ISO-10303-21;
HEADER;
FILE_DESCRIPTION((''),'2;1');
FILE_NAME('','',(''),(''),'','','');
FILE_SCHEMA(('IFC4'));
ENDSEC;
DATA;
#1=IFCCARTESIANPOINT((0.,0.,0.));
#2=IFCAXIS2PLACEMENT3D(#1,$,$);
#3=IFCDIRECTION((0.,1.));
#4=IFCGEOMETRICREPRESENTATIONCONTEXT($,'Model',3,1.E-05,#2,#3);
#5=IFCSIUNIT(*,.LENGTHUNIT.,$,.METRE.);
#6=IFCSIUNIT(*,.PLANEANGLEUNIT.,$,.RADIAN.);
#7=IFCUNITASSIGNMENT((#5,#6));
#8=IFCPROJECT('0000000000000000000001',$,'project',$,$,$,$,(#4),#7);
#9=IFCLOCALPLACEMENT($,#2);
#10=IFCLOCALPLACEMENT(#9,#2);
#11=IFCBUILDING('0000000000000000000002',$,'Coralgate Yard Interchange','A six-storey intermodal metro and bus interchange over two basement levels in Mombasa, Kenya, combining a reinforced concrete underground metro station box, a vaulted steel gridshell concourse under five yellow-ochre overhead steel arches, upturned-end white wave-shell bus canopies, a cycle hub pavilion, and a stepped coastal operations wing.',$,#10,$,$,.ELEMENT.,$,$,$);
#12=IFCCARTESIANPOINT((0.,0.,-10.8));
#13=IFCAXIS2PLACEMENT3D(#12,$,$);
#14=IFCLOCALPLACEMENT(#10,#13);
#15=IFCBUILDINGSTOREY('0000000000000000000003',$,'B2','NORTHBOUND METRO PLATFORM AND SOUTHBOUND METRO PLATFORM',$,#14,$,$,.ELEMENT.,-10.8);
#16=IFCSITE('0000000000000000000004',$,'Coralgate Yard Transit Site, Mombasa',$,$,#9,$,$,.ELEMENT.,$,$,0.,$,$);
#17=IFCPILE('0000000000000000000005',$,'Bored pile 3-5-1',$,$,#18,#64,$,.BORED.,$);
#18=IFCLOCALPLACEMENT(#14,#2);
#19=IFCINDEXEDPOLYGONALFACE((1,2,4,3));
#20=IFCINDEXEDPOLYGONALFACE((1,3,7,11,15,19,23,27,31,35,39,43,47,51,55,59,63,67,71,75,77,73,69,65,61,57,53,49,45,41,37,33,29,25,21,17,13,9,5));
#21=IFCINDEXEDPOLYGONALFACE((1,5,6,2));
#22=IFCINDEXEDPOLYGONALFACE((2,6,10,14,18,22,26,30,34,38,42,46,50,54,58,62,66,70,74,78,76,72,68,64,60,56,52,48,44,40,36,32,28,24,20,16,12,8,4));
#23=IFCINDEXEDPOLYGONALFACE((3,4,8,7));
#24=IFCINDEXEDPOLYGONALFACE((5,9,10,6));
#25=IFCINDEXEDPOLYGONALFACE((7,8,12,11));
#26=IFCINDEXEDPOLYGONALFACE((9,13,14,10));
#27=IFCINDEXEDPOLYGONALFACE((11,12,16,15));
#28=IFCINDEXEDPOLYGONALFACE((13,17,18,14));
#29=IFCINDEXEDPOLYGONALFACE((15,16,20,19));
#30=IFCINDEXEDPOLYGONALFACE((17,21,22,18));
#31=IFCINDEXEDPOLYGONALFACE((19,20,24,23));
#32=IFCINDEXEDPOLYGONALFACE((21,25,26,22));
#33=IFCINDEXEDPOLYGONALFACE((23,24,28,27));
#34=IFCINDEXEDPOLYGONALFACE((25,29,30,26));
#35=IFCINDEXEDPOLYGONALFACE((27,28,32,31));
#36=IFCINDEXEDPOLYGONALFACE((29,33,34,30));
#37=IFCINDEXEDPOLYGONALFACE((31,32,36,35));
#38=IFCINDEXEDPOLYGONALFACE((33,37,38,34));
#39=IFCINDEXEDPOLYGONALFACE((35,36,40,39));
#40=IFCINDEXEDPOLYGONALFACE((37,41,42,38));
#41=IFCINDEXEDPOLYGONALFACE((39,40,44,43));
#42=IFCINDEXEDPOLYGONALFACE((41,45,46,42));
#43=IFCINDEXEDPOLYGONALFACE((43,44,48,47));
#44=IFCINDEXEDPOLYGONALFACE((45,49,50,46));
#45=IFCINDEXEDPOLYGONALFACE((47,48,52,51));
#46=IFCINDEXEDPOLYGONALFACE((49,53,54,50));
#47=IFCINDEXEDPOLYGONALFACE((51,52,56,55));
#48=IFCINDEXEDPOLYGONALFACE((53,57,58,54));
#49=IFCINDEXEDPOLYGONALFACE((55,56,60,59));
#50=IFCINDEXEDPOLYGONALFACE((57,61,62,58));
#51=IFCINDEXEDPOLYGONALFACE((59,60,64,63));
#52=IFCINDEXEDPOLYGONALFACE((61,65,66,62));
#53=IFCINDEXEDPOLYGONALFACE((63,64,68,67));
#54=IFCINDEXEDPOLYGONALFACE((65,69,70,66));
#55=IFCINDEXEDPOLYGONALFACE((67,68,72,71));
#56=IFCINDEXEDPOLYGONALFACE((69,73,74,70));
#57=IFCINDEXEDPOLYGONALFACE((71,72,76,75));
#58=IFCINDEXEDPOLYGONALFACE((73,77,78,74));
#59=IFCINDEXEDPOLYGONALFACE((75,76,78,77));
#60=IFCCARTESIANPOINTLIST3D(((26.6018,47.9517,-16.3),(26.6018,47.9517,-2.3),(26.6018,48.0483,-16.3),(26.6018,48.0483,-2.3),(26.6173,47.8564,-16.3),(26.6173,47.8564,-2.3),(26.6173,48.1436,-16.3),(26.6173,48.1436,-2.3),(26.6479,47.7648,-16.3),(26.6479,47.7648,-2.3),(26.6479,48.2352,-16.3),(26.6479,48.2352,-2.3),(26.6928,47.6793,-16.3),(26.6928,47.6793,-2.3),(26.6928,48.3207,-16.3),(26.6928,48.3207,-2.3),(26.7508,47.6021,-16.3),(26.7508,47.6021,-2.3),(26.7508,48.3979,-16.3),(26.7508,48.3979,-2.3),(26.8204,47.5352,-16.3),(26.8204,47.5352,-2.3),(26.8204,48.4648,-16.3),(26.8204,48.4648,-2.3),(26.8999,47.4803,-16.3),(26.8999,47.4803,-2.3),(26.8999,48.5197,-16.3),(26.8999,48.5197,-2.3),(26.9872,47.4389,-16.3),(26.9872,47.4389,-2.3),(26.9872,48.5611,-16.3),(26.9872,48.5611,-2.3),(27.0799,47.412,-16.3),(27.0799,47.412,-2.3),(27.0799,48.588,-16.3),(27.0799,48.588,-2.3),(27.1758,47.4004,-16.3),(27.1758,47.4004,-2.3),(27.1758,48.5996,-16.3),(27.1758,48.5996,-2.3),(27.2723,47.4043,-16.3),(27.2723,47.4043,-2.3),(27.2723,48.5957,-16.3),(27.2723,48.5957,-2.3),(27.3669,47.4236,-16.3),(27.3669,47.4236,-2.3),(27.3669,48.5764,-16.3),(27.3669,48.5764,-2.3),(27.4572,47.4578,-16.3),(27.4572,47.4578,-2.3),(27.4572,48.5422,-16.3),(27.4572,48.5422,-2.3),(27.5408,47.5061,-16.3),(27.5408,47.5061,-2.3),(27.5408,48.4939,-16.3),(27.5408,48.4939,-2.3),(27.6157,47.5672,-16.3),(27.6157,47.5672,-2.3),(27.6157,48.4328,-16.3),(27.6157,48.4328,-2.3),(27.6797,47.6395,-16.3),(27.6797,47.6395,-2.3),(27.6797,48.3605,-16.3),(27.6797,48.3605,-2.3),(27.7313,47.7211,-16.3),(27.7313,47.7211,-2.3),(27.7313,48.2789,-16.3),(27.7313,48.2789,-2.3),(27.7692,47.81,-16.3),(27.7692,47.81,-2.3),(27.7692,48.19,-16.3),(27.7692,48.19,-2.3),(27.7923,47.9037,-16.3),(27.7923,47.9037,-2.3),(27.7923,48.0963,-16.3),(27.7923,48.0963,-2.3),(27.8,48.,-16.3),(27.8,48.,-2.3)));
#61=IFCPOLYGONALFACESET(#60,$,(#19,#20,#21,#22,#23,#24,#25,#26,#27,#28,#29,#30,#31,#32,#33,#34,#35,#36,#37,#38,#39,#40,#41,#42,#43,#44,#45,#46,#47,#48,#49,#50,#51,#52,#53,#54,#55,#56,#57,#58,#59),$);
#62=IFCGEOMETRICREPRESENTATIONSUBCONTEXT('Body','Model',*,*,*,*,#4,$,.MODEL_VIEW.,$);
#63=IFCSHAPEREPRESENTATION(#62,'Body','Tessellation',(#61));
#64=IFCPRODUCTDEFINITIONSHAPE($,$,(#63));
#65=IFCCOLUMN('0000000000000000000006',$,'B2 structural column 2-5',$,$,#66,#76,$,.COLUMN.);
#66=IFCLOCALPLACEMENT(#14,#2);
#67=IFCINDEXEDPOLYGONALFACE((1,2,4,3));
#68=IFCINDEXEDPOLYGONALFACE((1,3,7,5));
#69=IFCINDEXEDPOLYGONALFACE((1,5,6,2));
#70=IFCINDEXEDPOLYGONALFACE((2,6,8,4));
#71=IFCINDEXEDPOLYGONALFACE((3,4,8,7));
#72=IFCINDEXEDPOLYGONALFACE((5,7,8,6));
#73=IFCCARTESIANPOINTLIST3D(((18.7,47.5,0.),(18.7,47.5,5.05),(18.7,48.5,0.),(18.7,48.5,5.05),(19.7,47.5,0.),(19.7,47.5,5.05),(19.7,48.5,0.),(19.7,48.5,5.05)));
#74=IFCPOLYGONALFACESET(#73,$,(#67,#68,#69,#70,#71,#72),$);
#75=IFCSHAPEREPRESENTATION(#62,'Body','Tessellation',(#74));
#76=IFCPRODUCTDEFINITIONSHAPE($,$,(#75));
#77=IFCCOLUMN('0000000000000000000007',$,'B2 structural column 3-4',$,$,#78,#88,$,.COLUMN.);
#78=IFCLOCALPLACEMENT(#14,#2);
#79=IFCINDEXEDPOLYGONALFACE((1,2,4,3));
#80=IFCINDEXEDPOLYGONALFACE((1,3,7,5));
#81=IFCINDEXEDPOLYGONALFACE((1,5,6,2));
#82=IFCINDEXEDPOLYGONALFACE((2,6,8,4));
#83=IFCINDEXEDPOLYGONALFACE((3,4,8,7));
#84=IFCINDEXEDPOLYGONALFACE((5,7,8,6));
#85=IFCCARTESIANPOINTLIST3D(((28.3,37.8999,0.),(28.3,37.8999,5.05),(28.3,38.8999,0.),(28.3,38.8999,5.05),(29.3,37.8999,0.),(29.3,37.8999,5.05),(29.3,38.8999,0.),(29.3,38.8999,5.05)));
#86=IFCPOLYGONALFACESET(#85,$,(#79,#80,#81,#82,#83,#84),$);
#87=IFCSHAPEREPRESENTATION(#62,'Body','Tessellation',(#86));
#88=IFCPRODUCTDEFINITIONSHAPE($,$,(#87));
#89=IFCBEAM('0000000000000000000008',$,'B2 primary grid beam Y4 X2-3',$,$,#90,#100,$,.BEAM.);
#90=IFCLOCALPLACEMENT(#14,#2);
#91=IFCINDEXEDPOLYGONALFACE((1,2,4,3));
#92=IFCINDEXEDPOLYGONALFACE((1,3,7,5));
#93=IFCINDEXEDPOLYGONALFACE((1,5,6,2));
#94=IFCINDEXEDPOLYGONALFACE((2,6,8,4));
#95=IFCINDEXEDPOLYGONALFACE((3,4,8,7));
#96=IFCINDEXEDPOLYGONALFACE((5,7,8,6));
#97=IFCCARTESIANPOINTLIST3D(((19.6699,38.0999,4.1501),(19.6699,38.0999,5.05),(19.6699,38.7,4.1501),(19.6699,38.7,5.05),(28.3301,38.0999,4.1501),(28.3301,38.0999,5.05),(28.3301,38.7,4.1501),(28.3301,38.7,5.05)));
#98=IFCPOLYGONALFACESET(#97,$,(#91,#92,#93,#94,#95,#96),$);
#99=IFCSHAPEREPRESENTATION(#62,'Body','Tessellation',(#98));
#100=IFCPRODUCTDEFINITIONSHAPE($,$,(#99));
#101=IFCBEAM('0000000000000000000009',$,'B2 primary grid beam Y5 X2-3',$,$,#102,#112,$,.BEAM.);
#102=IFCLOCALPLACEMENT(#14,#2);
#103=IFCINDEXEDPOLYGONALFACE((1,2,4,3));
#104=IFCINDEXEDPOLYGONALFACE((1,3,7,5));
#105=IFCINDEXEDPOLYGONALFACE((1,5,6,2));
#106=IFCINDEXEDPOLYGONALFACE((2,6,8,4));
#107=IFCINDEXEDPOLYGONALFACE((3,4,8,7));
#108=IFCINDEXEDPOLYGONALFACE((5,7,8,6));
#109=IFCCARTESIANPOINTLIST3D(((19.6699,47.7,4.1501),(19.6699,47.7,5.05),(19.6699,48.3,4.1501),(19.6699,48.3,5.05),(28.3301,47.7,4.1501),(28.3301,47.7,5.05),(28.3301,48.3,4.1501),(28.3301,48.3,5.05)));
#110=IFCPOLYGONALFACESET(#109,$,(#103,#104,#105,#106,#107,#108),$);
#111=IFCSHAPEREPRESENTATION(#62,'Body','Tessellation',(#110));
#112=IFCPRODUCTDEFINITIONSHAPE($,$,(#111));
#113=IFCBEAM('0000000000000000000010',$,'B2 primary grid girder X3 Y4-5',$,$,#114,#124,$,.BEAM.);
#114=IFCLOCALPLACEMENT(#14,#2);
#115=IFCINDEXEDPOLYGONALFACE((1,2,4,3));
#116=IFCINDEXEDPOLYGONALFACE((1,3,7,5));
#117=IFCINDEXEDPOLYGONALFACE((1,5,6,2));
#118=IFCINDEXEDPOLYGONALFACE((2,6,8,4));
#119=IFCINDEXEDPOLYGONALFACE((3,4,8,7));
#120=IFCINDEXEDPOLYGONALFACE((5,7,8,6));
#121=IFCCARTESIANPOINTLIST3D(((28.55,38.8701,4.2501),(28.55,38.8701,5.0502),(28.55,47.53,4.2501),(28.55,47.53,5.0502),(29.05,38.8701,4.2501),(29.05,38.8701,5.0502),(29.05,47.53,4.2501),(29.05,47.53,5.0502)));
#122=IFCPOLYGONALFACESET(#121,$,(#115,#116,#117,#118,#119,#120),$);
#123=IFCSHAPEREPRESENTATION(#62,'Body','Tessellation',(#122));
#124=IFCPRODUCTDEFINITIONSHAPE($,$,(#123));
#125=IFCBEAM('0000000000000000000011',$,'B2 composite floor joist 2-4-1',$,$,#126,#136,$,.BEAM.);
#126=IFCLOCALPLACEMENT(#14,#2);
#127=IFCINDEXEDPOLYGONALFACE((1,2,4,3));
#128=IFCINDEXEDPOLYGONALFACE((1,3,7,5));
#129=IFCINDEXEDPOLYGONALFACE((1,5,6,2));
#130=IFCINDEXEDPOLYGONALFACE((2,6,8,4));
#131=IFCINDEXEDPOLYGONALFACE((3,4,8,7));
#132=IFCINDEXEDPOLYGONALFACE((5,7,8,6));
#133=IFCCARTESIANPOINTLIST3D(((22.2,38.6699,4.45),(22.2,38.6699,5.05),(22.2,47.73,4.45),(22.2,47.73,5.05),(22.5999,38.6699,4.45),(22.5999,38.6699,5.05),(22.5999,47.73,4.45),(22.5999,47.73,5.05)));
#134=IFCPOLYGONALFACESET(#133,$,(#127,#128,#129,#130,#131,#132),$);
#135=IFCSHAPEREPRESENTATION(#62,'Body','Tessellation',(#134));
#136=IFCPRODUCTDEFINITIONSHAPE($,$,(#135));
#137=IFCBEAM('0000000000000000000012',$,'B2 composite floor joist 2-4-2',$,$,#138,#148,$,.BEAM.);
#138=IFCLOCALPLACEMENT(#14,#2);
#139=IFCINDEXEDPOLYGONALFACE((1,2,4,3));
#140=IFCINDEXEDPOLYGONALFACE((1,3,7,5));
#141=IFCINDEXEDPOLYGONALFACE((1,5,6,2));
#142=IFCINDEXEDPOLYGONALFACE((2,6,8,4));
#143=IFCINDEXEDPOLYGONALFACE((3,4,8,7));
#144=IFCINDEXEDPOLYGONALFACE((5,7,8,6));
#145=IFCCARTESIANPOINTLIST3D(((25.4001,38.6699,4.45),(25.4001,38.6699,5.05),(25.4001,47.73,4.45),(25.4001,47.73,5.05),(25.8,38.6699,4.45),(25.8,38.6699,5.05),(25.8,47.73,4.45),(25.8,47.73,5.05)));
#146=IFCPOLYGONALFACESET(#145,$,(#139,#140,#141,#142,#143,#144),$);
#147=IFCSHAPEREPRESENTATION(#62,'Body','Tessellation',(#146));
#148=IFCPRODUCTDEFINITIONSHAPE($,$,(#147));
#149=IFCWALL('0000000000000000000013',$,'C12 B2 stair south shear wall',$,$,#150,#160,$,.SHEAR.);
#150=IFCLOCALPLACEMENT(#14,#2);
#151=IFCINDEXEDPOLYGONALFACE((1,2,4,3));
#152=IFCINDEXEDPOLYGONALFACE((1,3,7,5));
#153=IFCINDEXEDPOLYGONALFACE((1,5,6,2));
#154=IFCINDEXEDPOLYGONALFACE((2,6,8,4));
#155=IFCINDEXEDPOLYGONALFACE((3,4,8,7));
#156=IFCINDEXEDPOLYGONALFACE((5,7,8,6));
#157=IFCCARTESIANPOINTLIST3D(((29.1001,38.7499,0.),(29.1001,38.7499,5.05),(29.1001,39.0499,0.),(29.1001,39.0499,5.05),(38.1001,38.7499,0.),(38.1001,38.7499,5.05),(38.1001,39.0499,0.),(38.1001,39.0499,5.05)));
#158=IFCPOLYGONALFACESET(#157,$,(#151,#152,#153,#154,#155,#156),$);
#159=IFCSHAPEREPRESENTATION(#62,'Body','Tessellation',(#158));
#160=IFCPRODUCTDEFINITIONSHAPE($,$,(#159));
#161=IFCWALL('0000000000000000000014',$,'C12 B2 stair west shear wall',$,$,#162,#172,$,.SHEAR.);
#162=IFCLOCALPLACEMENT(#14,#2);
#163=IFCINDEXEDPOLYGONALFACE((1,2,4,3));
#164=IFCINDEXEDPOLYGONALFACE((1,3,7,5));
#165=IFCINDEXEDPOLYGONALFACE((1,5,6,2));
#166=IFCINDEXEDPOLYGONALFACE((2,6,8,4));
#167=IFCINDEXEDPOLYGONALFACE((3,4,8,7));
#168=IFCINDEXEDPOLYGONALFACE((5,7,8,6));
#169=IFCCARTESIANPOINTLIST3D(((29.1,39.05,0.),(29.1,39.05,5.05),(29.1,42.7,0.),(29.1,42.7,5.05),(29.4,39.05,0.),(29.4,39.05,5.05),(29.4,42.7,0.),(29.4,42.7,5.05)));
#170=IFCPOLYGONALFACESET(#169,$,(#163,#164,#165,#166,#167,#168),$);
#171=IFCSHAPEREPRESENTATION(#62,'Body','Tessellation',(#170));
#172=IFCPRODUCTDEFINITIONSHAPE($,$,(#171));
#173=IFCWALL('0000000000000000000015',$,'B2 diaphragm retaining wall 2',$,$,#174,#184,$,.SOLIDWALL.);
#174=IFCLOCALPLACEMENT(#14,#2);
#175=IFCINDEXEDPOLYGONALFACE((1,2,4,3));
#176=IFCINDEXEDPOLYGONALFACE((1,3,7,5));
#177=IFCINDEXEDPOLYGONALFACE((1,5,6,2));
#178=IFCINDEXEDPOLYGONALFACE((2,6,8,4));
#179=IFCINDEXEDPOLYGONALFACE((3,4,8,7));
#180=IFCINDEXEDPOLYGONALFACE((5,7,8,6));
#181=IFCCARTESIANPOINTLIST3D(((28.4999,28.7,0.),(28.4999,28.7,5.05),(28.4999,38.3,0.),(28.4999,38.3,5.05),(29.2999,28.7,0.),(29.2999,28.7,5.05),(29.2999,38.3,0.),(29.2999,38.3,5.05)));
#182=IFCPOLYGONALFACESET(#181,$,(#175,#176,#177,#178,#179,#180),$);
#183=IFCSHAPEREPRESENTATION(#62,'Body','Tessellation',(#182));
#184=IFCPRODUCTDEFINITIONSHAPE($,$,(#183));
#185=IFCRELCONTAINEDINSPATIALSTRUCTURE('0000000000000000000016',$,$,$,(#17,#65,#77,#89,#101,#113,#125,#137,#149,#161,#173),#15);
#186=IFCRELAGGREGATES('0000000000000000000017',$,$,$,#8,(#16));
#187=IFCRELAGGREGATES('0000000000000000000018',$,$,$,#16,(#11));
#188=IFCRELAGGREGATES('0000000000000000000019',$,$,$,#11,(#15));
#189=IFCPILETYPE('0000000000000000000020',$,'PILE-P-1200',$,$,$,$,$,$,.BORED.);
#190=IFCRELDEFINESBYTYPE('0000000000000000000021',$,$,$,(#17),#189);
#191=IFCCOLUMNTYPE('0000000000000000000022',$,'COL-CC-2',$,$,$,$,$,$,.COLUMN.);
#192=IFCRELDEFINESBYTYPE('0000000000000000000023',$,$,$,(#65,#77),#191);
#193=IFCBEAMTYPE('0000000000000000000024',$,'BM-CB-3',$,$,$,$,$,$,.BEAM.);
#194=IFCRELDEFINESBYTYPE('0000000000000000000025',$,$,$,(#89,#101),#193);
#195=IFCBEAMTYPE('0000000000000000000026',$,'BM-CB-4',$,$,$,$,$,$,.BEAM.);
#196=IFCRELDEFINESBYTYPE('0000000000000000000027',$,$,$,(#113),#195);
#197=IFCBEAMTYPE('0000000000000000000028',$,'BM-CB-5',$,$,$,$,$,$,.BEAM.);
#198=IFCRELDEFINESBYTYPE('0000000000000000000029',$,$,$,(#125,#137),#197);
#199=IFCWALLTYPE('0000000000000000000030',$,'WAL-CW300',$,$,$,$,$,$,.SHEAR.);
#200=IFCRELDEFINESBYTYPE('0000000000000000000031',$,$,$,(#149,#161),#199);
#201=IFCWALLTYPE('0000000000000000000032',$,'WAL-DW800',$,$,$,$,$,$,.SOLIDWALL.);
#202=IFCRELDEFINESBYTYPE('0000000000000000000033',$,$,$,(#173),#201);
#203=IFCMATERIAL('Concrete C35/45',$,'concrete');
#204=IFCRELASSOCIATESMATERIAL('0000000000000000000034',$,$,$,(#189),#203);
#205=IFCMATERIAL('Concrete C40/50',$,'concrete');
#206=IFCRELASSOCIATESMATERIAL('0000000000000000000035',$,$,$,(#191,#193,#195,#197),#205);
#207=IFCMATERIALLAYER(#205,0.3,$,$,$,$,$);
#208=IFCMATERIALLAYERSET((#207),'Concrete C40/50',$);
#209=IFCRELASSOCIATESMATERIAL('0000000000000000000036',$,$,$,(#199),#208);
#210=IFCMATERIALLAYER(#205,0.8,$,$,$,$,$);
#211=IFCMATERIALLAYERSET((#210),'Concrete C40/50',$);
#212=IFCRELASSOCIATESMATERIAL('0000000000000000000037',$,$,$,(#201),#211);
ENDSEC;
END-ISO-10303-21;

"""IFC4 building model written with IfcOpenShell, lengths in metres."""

from ifc_helpers import new_model, si_unit, direction, frame, frame_2d, origin, origin_2d, place, context, subcontext, project, spatial, rectangle, circle, extrude, material, layer, layer_set, material_profile, profile_set, type_object, element, save


model = new_model("IFC4")

# Units and contexts
model_context = context("Model", 3, precision=1e-05, world=origin(), true_north=direction((0.0, 1.0)))
body_context = subcontext(model_context, "Body", "Model", "MODEL_VIEW")
ifc_project = project(units=[si_unit("LENGTHUNIT", "METRE"), si_unit("PLANEANGLEUNIT", "RADIAN")], contexts=[model_context])

# Site, building, storey
site_placement = place(None, origin())
site = spatial("IfcSite", under=ifc_project, at=site_placement, Name="Coralgate Yard Transit Site, Mombasa", CompositionType="ELEMENT", RefElevation=0.0)
building_placement = place(site_placement, origin())
building = spatial("IfcBuilding", under=site, at=building_placement, Name="Coralgate Yard Interchange", Description="A six-storey intermodal metro and bus interchange over two basement levels in Mombasa, Kenya, combining a reinforced concrete underground metro station box, a vaulted steel gridshell concourse under five yellow-ochre overhead steel arches, upturned-end white wave-shell bus canopies, a cycle hub pavilion, and a stepped coastal operations wing.", CompositionType="ELEMENT")
storey_placement = place(building_placement, frame((0.0, 0.0, -10.8)))
storey = spatial("IfcBuildingStorey", under=building, at=storey_placement, Name="B2", Description="NORTHBOUND METRO PLATFORM AND SOUTHBOUND METRO PLATFORM", CompositionType="ELEMENT", Elevation=-10.8)

# Shared definitions
ifc_material_1 = material(Name="Concrete C40/50", Category="concrete")

# Pile
ifc_material_2 = material(Name="Concrete C35/45", Category="concrete")
ifc_material_profile_1 = material_profile(ifc_material_2, circle(Radius=0.6001, at=origin_2d()), Name="BORED PILE D1200")
ifc_profile_set_1 = profile_set([ifc_material_profile_1], Name="Concrete C35/45")
pile_type_1 = type_object("IfcPileType", Name="PILE-P-1200", PredefinedType="BORED", material=ifc_profile_set_1)
for number, where, z_axis, x_axis, name in (
    (1, (27.2, 48.0, -2.3), (0.0, 0.0, -1.0), (1.0, 0.0, 0.0), "Bored pile 3-5-1"),
):
    element("IfcPile", number, at=place(storey_placement, frame(where, z_axis=z_axis, x_axis=x_axis)), inside=storey, type_object=pile_type_1, Name=name, PredefinedType="BORED", context=body_context, shape_type="SweptSolid", body=[
        extrude(circle(Radius=0.6001, at=origin_2d()), origin(), (0.0, 0.0, 1.0), 14.0),
    ])

# Columns
ifc_material_profile_2 = material_profile(ifc_material_1, rectangle(XDim=1.0, YDim=1.0, at=origin_2d()), Name="RC 1000x1000")
ifc_profile_set_2 = profile_set([ifc_material_profile_2], Name="Concrete C40/50")
column_type = type_object("IfcColumnType", Name="COL-CC-2", PredefinedType="COLUMN", material=ifc_profile_set_2)
for number, where, z_axis, x_axis, name in (
    (2, (19.2, 48.0, 0.0), (0.0, 0.0, 1.0), (1.0, 0.0, 0.0), "B2 structural column 2-5"),
    (3, (28.8, 38.3999, 0.0), (0.0, 0.0, 1.0), (1.0, 0.0, 0.0), "B2 structural column 3-4"),
):
    element("IfcColumn", number, at=place(storey_placement, frame(where, z_axis=z_axis, x_axis=x_axis)), inside=storey, type_object=column_type, Name=name, PredefinedType="COLUMN", context=body_context, shape_type="SweptSolid", body=[
        extrude(rectangle(XDim=1.0, YDim=1.0, at=origin_2d()), origin(), (0.0, 0.0, 1.0), 5.05),
    ])

# Beams
ifc_material_profile_3 = material_profile(ifc_material_1, rectangle(XDim=0.6001, YDim=0.8999, at=origin_2d()), Name="RC 600x900")
ifc_profile_set_3 = profile_set([ifc_material_profile_3], Name="Concrete C40/50")
beam_type_1 = type_object("IfcBeamType", Name="BM-CB-3", PredefinedType="BEAM", material=ifc_profile_set_3)
for number, where, z_axis, x_axis, name in (
    (4, (19.6699, 38.3999, 4.6001), (1.0, 0.0, 0.0), (0.0, 1.0, 0.0), "B2 primary grid beam Y4 X2-3"),
    (5, (19.6699, 48.0, 4.6001), (1.0, 0.0, 0.0), (0.0, 1.0, 0.0), "B2 primary grid beam Y5 X2-3"),
):
    element("IfcBeam", number, at=place(storey_placement, frame(where, z_axis=z_axis, x_axis=x_axis)), inside=storey, type_object=beam_type_1, Name=name, PredefinedType="BEAM", context=body_context, shape_type="SweptSolid", body=[
        extrude(rectangle(XDim=0.6001, YDim=0.8999, at=origin_2d()), origin(), (0.0, 0.0, 1.0), 8.6602),
    ])
ifc_material_profile_4 = material_profile(ifc_material_1, rectangle(XDim=0.5, YDim=0.8, at=origin_2d()), Name="RC 500x800")
ifc_profile_set_4 = profile_set([ifc_material_profile_4], Name="Concrete C40/50")
beam_type_2 = type_object("IfcBeamType", Name="BM-CB-4", PredefinedType="BEAM", material=ifc_profile_set_4)
beam_placement = place(storey_placement, frame((28.8, 38.8701, 4.6501), z_axis=(0.0, 1.0, 0.0), x_axis=(-1.0, 0.0, 0.0)))
element("IfcBeam", 6, at=beam_placement, inside=storey, type_object=beam_type_2, Name="B2 primary grid girder X3 Y4-5", PredefinedType="BEAM", context=body_context, shape_type="SweptSolid", body=[
    extrude(rectangle(XDim=0.5, YDim=0.8, at=origin_2d()), origin(), (0.0, 0.0, 1.0), 8.6599),
])
ifc_material_profile_5 = material_profile(ifc_material_1, rectangle(XDim=0.3999, YDim=0.6001, at=origin_2d()), Name="RC 400x600")
ifc_profile_set_5 = profile_set([ifc_material_profile_5], Name="Concrete C40/50")
beam_type_3 = type_object("IfcBeamType", Name="BM-CB-5", PredefinedType="BEAM", material=ifc_profile_set_5)
for number, where, z_axis, x_axis, name in (
    (7, (22.3999, 38.6699, 4.75), (0.0, 1.0, 0.0), (-1.0, 0.0, 0.0), "B2 composite floor joist 2-4-1"),
    (8, (25.6001, 38.6699, 4.75), (0.0, 1.0, 0.0), (-1.0, 0.0, 0.0), "B2 composite floor joist 2-4-2"),
):
    element("IfcBeam", number, at=place(storey_placement, frame(where, z_axis=z_axis, x_axis=x_axis)), inside=storey, type_object=beam_type_3, Name=name, PredefinedType="BEAM", context=body_context, shape_type="SweptSolid", body=[
        extrude(rectangle(XDim=0.3999, YDim=0.6001, at=origin_2d()), origin(), (0.0, 0.0, 1.0), 9.0601),
    ])

# Walls
ifc_layer_1 = layer(ifc_material_1, 0.3)
ifc_layer_set_1 = layer_set([ifc_layer_1], Name="Concrete C40/50")
wall_type_1 = type_object("IfcWallType", Name="WAL-CW300", PredefinedType="SHEAR", material=ifc_layer_set_1)
wall_1_placement = place(storey_placement, frame((29.1001, 38.8999, 0.0), z_axis=(0.0, 0.0, 1.0), x_axis=(1.0, 0.0, 0.0)))
element("IfcWall", 9, at=wall_1_placement, inside=storey, type_object=wall_type_1, Name="C12 B2 stair south shear wall", PredefinedType="SHEAR", context=body_context, shape_type="SweptSolid", body=[
    extrude(rectangle(XDim=9.0, YDim=0.3, at=frame_2d((4.5, 0.0))), origin(), (0.0, 0.0, 1.0), 5.05),
])
wall_2_placement = place(storey_placement, frame((29.25, 39.05, 0.0), z_axis=(0.0, 0.0, 1.0), x_axis=(0.0, 1.0, 0.0)))
element("IfcWall", 10, at=wall_2_placement, inside=storey, type_object=wall_type_1, Name="C12 B2 stair west shear wall", PredefinedType="SHEAR", context=body_context, shape_type="SweptSolid", body=[
    extrude(rectangle(XDim=3.6499, YDim=0.3, at=frame_2d((1.825, 0.0))), origin(), (0.0, 0.0, 1.0), 5.05),
])
ifc_layer_2 = layer(ifc_material_1, 0.8)
ifc_layer_set_2 = layer_set([ifc_layer_2], Name="Concrete C40/50")
wall_type_2 = type_object("IfcWallType", Name="WAL-DW800", PredefinedType="SOLIDWALL", material=ifc_layer_set_2)
wall_3_placement = place(storey_placement, frame((28.8999, 38.3, 0.0), z_axis=(0.0, 0.0, 1.0), x_axis=(0.0, -1.0, 0.0)))
element("IfcWall", 11, at=wall_3_placement, inside=storey, type_object=wall_type_2, Name="B2 diaphragm retaining wall 2", PredefinedType="SOLIDWALL", context=body_context, shape_type="SweptSolid", body=[
    extrude(rectangle(XDim=9.6001, YDim=0.8, at=frame_2d((4.8, 0.0))), origin(), (0.0, 0.0, 1.0), 5.05),
])

save(model, "model.ifc")
